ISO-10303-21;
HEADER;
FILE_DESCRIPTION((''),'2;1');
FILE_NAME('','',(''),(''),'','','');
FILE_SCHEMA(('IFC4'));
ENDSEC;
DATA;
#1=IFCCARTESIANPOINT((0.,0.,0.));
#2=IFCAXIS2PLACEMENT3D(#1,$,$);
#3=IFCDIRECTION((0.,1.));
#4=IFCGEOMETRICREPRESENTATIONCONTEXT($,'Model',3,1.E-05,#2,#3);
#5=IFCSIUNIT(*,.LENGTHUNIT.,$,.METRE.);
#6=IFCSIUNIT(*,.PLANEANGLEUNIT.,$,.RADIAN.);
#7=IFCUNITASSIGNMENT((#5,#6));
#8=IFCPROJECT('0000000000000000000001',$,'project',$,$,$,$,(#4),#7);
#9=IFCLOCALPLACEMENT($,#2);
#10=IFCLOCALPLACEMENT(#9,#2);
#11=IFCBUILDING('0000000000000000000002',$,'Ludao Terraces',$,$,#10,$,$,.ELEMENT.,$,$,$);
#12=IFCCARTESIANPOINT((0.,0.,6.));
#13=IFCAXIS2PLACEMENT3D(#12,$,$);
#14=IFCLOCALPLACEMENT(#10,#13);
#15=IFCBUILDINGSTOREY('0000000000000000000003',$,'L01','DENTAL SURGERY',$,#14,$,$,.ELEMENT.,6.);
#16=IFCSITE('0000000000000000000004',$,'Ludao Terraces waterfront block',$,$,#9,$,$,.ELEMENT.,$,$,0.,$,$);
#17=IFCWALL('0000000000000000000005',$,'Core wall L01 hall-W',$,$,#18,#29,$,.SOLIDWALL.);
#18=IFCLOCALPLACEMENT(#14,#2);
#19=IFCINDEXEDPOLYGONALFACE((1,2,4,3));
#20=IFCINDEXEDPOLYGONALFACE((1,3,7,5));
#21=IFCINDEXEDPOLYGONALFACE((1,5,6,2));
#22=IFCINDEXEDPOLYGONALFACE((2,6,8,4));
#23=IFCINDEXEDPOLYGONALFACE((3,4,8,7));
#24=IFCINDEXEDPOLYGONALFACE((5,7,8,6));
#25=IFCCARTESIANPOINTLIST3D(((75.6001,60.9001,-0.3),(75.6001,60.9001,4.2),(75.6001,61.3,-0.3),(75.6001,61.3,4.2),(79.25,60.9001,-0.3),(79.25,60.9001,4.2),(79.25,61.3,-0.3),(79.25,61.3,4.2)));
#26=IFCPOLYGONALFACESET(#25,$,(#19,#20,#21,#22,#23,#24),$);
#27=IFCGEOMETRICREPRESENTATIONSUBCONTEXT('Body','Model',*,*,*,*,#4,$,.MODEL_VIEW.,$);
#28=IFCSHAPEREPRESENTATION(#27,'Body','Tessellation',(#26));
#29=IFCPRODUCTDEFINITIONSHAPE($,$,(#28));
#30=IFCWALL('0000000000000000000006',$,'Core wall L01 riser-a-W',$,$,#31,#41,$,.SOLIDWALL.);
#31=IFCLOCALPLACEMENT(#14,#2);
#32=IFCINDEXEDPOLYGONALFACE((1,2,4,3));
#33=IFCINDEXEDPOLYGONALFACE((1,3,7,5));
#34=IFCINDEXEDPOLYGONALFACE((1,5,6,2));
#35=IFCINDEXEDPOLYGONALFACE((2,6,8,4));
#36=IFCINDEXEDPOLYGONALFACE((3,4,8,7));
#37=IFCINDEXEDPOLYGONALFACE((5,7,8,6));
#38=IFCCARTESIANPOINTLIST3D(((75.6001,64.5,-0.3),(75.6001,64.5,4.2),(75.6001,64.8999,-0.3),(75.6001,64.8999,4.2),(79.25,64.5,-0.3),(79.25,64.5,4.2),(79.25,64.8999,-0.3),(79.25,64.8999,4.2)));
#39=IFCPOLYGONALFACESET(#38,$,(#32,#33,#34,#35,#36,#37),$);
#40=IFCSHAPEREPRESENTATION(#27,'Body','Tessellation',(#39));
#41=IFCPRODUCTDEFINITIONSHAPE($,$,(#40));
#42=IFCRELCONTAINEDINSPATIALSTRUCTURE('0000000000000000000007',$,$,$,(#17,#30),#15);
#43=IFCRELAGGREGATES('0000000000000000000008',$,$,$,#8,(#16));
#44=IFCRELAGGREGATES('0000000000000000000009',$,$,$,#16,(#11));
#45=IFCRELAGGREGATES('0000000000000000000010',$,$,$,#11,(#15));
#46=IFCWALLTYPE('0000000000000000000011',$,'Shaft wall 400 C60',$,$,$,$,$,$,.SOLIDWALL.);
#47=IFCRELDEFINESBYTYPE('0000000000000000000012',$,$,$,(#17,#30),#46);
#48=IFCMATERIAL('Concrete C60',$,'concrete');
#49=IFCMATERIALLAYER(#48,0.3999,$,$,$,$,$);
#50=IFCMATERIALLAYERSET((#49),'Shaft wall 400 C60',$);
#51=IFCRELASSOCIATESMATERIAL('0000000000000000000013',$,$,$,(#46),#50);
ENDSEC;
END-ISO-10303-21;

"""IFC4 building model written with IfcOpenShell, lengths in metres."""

from ifc_helpers import new_model, si_unit, direction, frame, frame_2d, origin, place, context, subcontext, project, spatial, rectangle, extrude, material, layer, layer_set, type_object, element, save


model = new_model("IFC4")

# Units and contexts
model_context = context("Model", 3, precision=1e-05, world=origin(), true_north=direction((0.0, 1.0)))
body_context = subcontext(model_context, "Body", "Model", "MODEL_VIEW")
ifc_project = project(units=[si_unit("LENGTHUNIT", "METRE"), si_unit("PLANEANGLEUNIT", "RADIAN")], contexts=[model_context])

# Site, building, storey
site_placement = place(None, origin())
site = spatial("IfcSite", under=ifc_project, at=site_placement, Name="Ludao Terraces waterfront block", CompositionType="ELEMENT", RefElevation=0.0)
building_placement = place(site_placement, origin())
building = spatial("IfcBuilding", under=site, at=building_placement, Name="Ludao Terraces", CompositionType="ELEMENT")
storey_placement = place(building_placement, frame((0.0, 0.0, 6.0)))
storey = spatial("IfcBuildingStorey", under=building, at=storey_placement, Name="L01", Description="DENTAL SURGERY", CompositionType="ELEMENT", Elevation=6.0)

# Shared definitions
ifc_material_1 = material(Name="Concrete C60", Category="concrete")

# Shared definitions
ifc_layer_1 = layer(ifc_material_1, 0.3999)
ifc_layer_set_1 = layer_set([ifc_layer_1], Name="Shaft wall 400 C60")
wall_type_1 = type_object("IfcWallType", Name="Shaft wall 400 C60", PredefinedType="SOLIDWALL", material=ifc_layer_set_1)

# Walls
for number, where, z_axis, x_axis, name in (
    (1, (75.6001, 61.1001, -0.3), (0.0, 0.0, 1.0), (1.0, 0.0, 0.0), "Core wall L01 hall-W"),
    (2, (75.6001, 64.7, -0.3), (0.0, 0.0, 1.0), (1.0, 0.0, 0.0), "Core wall L01 riser-a-W"),
):
    element("IfcWall", number, at=place(storey_placement, frame(where, z_axis=z_axis, x_axis=x_axis)), inside=storey, type_object=wall_type_1, Name=name, PredefinedType="SOLIDWALL", context=body_context, shape_type="SweptSolid", body=[
        extrude(rectangle(XDim=3.6499, YDim=0.3999, at=frame_2d((1.825, 0.0))), origin(), (0.0, 0.0, 1.0), 4.5),
    ])

save(model, "model.ifc")
